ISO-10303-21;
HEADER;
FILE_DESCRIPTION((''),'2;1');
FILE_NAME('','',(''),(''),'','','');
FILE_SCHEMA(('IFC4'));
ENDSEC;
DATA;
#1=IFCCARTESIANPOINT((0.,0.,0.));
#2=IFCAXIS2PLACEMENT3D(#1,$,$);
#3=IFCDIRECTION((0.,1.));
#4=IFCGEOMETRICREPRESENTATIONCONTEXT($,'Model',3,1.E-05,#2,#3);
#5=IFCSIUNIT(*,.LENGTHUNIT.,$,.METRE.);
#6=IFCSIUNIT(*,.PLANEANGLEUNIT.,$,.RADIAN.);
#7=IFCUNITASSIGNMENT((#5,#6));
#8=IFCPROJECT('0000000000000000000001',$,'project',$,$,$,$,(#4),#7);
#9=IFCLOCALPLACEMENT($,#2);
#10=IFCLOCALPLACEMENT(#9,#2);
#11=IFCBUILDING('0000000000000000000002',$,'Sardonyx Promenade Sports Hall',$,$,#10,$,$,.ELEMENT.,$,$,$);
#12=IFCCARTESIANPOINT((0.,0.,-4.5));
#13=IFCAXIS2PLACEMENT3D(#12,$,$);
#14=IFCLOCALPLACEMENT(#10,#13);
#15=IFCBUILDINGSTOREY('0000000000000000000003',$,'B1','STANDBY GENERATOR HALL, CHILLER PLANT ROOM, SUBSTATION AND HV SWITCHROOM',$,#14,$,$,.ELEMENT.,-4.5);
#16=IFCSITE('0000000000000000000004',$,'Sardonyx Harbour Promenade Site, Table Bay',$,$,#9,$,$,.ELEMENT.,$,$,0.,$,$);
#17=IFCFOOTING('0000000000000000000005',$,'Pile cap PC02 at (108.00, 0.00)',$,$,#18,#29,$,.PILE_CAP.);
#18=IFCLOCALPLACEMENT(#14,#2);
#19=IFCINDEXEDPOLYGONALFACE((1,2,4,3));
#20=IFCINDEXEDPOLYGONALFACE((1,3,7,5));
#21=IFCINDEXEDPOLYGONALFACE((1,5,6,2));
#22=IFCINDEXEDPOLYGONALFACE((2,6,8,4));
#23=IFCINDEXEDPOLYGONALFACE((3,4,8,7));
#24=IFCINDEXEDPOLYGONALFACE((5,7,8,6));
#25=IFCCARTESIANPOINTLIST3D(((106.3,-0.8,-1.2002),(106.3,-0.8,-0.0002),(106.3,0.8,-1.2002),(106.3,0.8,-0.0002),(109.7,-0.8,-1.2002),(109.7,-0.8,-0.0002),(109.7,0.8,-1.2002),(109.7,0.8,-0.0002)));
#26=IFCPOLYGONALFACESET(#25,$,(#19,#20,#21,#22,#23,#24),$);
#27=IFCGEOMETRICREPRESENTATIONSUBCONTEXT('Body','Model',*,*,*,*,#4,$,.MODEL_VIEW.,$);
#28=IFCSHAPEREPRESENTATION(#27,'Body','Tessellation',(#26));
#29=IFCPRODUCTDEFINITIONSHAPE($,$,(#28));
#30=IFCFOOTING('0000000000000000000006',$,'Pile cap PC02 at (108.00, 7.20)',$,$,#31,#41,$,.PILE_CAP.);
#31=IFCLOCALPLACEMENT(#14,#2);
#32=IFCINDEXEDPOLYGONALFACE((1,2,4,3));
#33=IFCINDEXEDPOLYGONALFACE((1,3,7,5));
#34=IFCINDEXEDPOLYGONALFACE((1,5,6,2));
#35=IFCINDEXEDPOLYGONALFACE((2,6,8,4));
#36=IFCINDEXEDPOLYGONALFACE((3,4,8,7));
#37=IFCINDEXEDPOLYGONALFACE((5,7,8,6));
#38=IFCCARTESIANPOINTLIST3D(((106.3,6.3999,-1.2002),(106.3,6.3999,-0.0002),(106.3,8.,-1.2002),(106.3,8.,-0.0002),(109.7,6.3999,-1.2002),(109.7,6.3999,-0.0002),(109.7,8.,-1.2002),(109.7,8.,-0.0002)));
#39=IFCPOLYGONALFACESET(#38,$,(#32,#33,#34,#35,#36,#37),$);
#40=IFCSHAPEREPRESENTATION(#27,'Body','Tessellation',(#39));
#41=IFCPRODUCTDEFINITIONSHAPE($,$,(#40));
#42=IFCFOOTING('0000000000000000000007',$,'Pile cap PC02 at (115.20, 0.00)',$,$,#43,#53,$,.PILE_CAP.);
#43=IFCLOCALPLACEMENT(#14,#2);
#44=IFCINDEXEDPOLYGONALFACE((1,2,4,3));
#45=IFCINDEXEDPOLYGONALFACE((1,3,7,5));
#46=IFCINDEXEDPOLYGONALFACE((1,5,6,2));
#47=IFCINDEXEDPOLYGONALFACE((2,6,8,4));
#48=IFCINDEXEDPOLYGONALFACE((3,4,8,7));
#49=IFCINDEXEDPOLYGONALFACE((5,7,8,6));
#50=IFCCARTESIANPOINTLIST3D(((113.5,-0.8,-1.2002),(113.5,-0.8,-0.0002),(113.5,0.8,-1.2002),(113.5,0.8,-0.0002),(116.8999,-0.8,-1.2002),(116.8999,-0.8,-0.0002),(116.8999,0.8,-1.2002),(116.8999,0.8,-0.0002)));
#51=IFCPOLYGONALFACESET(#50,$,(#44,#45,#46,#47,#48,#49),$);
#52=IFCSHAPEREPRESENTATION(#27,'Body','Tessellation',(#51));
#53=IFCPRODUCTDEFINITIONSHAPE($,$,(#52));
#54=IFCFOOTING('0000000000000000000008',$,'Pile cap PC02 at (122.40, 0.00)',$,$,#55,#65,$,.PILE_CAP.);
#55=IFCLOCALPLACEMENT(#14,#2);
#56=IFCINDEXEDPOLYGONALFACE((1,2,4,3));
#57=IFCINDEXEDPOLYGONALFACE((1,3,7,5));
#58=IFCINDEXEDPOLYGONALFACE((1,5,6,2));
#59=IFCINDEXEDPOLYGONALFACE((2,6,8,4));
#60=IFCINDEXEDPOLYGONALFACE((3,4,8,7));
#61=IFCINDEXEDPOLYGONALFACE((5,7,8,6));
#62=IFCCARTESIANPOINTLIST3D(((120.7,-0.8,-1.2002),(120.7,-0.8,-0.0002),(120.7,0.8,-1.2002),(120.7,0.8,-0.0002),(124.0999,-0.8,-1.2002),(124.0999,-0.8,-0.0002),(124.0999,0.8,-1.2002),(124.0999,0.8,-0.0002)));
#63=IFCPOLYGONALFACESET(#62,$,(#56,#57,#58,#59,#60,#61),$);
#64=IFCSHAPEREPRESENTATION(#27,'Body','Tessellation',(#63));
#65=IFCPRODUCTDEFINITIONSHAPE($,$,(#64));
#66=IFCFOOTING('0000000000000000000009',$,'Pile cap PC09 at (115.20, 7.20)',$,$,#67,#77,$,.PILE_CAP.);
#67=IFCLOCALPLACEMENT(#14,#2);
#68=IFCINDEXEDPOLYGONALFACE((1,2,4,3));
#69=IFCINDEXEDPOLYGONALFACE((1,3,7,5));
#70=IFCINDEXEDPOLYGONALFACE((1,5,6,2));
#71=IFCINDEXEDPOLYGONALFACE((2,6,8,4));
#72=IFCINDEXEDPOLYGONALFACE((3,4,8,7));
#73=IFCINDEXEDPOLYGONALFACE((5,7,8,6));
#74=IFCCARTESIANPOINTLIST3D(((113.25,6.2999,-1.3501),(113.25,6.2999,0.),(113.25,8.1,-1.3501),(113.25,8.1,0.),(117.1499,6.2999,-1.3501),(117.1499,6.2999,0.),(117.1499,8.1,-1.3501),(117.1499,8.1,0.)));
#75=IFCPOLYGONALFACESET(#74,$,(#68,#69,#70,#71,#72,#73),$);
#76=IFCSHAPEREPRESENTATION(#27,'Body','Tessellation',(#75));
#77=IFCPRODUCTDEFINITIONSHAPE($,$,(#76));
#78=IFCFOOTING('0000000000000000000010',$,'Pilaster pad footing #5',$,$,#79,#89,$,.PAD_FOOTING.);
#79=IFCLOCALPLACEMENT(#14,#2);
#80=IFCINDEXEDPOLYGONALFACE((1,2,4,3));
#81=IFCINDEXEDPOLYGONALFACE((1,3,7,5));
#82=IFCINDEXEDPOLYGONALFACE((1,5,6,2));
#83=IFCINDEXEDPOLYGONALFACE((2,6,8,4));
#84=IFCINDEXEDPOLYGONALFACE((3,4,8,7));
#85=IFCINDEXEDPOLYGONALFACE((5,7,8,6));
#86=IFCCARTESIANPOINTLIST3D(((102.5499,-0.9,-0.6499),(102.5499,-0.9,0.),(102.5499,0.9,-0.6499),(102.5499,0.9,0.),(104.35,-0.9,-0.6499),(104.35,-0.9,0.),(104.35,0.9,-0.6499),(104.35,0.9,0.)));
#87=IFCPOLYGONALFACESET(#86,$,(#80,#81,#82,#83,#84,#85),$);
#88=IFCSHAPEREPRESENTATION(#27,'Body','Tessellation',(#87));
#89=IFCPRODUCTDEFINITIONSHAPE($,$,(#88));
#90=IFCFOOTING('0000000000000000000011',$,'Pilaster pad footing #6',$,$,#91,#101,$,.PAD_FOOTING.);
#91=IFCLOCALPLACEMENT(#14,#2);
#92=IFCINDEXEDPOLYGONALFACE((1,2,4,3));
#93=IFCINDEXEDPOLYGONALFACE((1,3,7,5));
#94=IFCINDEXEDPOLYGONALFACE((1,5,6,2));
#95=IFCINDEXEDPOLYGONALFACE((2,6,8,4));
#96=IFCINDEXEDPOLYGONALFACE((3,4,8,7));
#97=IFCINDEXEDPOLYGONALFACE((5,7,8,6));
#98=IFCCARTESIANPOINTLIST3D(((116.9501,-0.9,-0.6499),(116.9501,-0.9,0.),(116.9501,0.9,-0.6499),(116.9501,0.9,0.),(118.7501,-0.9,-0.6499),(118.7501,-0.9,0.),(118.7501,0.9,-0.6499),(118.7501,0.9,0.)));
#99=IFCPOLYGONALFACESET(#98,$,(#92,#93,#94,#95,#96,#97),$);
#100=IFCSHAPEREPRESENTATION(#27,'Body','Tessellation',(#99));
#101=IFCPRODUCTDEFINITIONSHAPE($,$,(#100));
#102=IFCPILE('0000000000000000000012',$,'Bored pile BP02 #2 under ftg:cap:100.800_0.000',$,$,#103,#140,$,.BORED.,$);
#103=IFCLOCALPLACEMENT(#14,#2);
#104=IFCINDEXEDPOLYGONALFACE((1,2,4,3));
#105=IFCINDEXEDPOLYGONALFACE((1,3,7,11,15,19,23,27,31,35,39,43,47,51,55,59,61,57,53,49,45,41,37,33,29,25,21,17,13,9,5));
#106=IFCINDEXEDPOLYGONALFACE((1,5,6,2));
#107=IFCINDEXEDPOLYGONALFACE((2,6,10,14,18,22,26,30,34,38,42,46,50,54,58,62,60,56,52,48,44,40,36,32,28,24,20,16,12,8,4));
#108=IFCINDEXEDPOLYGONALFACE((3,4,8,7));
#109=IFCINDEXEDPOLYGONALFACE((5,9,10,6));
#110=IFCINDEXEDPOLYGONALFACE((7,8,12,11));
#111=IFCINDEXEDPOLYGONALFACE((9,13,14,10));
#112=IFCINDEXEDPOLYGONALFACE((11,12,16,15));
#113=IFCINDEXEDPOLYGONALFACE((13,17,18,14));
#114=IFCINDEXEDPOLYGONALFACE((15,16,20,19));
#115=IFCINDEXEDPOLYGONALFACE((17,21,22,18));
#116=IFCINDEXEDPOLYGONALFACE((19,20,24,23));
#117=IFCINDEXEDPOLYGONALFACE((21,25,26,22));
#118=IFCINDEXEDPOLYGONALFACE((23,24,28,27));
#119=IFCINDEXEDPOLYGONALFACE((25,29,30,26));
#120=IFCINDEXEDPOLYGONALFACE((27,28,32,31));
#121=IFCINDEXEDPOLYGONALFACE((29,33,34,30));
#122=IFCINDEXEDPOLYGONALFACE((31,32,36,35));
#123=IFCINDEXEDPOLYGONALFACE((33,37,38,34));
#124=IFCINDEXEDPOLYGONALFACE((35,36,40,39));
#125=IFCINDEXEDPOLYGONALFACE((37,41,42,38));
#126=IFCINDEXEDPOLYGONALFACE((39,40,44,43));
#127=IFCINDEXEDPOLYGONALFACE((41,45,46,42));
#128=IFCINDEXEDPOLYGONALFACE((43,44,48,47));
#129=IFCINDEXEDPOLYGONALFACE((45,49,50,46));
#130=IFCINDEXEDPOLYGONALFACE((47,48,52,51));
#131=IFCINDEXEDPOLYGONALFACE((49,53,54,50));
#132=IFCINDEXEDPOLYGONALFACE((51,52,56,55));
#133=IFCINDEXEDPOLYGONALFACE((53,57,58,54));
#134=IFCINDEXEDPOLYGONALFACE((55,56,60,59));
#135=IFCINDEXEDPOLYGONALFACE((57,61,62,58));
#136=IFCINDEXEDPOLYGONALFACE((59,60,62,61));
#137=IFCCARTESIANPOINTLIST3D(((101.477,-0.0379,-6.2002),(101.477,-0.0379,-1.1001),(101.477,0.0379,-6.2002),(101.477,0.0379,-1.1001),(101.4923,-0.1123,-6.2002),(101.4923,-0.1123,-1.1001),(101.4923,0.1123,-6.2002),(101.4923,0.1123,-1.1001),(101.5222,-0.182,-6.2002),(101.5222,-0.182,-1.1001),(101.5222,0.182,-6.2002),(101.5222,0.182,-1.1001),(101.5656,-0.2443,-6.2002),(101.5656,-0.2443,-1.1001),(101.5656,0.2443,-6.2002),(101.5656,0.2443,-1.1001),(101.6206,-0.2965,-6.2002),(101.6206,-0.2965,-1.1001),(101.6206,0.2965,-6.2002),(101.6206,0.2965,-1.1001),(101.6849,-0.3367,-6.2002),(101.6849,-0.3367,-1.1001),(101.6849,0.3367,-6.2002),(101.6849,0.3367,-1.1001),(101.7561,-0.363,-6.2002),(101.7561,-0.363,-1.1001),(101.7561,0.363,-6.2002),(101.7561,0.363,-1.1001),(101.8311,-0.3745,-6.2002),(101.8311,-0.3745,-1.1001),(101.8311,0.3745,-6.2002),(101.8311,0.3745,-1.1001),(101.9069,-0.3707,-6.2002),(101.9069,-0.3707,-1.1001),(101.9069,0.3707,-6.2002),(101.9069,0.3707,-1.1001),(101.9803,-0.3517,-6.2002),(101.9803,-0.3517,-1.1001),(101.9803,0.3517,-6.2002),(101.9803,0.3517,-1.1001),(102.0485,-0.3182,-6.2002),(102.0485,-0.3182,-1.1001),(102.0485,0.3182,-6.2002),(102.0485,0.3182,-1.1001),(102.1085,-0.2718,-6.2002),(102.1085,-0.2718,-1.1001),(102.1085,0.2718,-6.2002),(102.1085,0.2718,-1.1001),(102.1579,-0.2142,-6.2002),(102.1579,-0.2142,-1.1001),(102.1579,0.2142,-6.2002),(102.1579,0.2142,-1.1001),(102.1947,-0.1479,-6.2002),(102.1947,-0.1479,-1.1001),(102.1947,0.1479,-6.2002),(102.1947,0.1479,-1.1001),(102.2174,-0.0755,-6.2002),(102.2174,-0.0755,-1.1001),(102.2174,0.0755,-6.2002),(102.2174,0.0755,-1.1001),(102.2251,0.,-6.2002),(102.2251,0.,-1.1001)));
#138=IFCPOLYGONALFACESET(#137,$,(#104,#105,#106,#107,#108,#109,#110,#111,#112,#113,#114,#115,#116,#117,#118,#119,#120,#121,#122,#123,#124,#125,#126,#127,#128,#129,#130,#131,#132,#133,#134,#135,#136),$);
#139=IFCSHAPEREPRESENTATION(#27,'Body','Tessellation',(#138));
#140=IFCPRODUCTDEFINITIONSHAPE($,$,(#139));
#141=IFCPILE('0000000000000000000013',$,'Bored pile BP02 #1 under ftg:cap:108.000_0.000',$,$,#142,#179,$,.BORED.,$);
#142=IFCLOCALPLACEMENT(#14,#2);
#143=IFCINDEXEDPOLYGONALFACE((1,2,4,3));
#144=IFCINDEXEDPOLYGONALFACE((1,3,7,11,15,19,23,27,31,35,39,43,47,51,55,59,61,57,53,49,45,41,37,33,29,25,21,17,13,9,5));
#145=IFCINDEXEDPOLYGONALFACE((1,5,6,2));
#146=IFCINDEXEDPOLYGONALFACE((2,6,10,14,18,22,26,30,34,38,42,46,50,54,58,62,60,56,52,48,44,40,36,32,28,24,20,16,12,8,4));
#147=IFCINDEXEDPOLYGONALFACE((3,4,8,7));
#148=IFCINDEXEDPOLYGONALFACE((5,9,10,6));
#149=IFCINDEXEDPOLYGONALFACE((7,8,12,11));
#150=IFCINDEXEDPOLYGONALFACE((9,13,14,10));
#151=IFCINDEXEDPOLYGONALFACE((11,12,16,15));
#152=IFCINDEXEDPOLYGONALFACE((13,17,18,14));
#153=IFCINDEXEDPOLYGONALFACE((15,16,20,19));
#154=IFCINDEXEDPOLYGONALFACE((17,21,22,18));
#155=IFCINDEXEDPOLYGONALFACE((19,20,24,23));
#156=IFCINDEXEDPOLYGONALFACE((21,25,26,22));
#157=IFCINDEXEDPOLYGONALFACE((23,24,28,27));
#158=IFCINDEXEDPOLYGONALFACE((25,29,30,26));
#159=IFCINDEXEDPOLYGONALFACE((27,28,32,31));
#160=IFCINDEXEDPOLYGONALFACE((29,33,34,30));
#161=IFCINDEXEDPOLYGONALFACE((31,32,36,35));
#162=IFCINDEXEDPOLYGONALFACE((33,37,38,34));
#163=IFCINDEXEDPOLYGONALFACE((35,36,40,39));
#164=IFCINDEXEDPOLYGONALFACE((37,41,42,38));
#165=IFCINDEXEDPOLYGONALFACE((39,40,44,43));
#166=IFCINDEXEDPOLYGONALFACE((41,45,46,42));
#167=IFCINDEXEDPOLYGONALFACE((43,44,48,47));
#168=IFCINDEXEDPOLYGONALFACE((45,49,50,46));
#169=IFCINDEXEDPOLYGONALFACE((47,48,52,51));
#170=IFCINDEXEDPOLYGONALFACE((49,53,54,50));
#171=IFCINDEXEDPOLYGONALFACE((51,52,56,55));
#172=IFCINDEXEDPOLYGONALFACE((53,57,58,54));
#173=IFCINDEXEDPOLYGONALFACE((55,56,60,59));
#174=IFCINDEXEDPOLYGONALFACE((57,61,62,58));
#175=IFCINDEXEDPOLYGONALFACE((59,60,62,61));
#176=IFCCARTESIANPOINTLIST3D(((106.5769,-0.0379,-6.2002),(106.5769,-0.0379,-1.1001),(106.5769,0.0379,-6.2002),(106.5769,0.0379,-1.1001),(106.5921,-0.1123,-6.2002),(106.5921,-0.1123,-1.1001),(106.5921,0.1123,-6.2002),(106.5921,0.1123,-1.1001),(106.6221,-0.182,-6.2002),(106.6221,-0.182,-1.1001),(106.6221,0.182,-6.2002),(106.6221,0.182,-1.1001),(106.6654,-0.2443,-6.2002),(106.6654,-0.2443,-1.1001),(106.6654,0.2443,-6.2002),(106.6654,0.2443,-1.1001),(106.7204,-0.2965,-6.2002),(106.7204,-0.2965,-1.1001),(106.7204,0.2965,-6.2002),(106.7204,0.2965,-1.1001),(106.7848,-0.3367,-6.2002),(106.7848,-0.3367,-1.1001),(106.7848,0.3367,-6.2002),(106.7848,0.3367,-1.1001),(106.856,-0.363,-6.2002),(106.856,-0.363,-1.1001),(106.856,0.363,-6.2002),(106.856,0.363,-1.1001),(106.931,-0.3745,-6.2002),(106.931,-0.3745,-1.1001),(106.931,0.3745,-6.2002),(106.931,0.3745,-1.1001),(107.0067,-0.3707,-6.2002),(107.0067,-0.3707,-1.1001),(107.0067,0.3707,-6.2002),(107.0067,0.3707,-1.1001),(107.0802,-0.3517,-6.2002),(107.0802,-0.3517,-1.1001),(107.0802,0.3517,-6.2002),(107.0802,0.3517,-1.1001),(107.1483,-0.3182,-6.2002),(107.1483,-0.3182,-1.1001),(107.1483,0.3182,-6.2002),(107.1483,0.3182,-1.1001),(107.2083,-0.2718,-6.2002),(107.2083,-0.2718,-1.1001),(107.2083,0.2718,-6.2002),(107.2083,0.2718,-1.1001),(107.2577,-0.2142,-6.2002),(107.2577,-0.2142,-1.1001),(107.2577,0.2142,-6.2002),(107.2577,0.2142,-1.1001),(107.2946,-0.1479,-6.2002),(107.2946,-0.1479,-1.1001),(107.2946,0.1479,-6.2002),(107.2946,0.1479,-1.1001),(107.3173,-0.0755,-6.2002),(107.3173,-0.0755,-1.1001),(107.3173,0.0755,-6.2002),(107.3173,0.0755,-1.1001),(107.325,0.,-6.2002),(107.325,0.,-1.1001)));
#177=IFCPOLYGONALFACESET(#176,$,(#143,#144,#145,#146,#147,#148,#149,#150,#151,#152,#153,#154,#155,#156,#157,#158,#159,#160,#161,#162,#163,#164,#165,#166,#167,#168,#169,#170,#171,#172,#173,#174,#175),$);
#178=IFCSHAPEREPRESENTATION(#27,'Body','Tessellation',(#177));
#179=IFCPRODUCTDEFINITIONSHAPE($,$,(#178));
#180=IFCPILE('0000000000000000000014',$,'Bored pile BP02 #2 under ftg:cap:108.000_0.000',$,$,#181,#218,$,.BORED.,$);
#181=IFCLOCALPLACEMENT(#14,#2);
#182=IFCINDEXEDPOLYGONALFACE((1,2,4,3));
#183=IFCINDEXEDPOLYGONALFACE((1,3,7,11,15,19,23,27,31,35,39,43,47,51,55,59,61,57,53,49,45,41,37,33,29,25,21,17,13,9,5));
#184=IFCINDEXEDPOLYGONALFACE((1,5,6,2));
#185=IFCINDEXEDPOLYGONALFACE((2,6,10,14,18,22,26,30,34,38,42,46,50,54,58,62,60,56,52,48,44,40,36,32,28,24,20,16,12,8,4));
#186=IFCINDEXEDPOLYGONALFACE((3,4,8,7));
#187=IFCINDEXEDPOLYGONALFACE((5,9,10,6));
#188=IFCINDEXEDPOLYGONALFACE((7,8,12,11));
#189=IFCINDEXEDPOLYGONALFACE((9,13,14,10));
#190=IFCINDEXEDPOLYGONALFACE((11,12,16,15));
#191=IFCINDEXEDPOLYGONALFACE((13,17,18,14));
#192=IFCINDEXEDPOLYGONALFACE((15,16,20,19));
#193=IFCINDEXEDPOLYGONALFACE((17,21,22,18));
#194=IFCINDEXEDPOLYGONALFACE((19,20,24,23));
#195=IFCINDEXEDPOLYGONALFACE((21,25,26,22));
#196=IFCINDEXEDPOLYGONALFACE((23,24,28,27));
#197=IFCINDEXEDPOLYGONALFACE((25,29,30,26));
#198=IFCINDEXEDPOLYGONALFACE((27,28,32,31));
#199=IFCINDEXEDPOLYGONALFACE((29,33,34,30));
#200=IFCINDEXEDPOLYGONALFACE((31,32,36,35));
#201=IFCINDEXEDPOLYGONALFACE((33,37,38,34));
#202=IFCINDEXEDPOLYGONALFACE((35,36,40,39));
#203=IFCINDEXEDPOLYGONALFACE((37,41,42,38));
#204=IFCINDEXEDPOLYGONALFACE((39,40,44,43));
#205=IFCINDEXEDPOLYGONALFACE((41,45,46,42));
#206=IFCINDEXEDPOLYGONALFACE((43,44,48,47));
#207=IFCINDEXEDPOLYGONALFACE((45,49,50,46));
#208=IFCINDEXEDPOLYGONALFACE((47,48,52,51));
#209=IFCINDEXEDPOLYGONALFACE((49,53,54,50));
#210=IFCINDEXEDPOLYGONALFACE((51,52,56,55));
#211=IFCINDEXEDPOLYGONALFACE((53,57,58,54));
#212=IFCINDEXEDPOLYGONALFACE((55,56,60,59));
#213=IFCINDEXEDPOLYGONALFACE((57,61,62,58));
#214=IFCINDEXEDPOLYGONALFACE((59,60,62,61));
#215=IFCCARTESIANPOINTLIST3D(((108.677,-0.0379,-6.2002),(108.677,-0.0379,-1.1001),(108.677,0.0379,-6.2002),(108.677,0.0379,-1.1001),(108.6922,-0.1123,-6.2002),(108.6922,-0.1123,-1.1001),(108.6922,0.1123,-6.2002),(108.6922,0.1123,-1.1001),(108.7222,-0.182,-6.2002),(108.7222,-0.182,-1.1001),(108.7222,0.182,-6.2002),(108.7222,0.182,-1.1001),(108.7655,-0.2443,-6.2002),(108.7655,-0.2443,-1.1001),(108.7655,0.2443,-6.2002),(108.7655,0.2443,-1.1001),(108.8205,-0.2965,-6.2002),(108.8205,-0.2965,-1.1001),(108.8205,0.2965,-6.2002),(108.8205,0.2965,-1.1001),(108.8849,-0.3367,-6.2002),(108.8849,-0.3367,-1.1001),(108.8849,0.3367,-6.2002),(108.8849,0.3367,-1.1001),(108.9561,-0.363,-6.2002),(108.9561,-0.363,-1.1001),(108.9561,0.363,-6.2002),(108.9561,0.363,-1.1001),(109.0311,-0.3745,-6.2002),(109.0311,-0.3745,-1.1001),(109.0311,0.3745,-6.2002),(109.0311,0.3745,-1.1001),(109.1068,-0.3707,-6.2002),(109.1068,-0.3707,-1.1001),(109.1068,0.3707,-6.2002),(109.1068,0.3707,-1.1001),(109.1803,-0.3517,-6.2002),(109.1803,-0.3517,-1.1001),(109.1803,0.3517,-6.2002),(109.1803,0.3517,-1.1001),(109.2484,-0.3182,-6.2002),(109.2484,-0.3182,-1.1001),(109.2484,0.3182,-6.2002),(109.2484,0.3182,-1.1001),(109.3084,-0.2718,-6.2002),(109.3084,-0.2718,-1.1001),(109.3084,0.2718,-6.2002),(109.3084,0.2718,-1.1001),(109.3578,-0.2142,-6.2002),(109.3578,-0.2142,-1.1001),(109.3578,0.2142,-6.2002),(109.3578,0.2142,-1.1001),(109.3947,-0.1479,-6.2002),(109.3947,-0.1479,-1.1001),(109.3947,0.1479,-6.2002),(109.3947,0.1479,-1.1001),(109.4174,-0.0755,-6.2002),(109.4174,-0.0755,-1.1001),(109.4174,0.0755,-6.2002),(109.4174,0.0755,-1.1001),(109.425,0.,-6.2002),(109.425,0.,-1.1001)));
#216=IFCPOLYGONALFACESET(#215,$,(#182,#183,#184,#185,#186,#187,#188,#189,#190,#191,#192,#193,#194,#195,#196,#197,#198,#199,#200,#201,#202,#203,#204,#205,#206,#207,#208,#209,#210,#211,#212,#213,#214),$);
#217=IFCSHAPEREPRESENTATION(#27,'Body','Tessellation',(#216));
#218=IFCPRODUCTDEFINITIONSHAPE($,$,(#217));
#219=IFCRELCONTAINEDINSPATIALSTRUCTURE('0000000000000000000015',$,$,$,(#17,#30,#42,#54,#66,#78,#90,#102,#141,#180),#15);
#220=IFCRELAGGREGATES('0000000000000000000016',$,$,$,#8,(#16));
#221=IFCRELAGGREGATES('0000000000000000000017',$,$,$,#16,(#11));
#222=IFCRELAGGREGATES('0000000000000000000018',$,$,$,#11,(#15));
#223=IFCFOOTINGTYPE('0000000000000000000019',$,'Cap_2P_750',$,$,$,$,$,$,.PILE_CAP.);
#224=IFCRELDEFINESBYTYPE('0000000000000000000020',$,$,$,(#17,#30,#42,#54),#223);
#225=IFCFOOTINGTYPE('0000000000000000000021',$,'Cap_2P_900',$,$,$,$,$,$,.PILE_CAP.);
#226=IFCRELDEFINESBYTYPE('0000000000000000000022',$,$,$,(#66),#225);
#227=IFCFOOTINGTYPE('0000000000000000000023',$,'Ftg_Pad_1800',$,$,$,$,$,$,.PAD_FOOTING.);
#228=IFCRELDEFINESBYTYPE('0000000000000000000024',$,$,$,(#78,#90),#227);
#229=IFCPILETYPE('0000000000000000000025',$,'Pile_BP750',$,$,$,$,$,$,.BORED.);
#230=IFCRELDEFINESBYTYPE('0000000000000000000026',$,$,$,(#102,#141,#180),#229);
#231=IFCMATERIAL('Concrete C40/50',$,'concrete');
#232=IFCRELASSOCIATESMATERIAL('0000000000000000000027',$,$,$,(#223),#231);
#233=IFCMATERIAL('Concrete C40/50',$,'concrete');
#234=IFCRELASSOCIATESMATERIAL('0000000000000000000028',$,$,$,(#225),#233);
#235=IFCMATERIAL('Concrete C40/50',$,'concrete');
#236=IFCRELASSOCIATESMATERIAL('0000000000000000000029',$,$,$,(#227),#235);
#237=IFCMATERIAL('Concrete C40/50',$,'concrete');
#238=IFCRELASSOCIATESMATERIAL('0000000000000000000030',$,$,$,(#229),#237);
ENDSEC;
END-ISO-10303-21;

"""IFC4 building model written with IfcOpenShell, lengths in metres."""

from ifc_helpers import new_model, si_unit, direction, frame, origin, origin_2d, place, context, subcontext, project, spatial, rectangle, circle, extrude, material, material_profile, profile_set, type_object, element, save


model = new_model("IFC4")

# Units and contexts
model_context = context("Model", 3, precision=1e-05, world=origin(), true_north=direction((0.0, 1.0)))
body_context = subcontext(model_context, "Body", "Model", "MODEL_VIEW")
ifc_project = project(units=[si_unit("LENGTHUNIT", "METRE"), si_unit("PLANEANGLEUNIT", "RADIAN")], contexts=[model_context])

# Site, building, storey
site_placement = place(None, origin())
site = spatial("IfcSite", under=ifc_project, at=site_placement, Name="Sardonyx Harbour Promenade Site, Table Bay", CompositionType="ELEMENT", RefElevation=0.0)
building_placement = place(site_placement, origin())
building = spatial("IfcBuilding", under=site, at=building_placement, Name="Sardonyx Promenade Sports Hall", CompositionType="ELEMENT")
storey_placement = place(building_placement, frame((0.0, 0.0, -4.5)))
storey = spatial("IfcBuildingStorey", under=building, at=storey_placement, Name="B1", Description="STANDBY GENERATOR HALL, CHILLER PLANT ROOM, SUBSTATION AND HV SWITCHROOM", CompositionType="ELEMENT", Elevation=-4.5)

# Footings
ifc_material_1 = material(Name="Concrete C40/50", Category="concrete")
footing_type_1 = type_object("IfcFootingType", Name="Cap_2P_750", PredefinedType="PILE_CAP", material=ifc_material_1)
for number, where, z_axis, x_axis, name in (
    (1, (108.0, 0.0, -1.2002), (0.0, 0.0, 1.0), (1.0, 0.0, 0.0), "Pile cap PC02 at (108.00, 0.00)"),
    (2, (108.0, 7.2, -1.2002), (0.0, 0.0, 1.0), (1.0, 0.0, 0.0), "Pile cap PC02 at (108.00, 7.20)"),
    (3, (115.2, 0.0, -1.2002), (0.0, 0.0, 1.0), (1.0, 0.0, 0.0), "Pile cap PC02 at (115.20, 0.00)"),
    (4, (122.3999, 0.0, -1.2002), (0.0, 0.0, 1.0), (1.0, 0.0, 0.0), "Pile cap PC02 at (122.40, 0.00)"),
):
    element("IfcFooting", number, at=place(storey_placement, frame(where, z_axis=z_axis, x_axis=x_axis)), inside=storey, type_object=footing_type_1, Name=name, PredefinedType="PILE_CAP", context=body_context, shape_type="SweptSolid", body=[
        extrude(rectangle(XDim=3.3999, YDim=1.6001, at=origin_2d()), origin(), (0.0, 0.0, 1.0), 1.2),
    ])
ifc_material_2 = material(Name="Concrete C40/50", Category="concrete")
footing_type_2 = type_object("IfcFootingType", Name="Cap_2P_900", PredefinedType="PILE_CAP", material=ifc_material_2)
footing_placement = place(storey_placement, frame((115.2, 7.2, -1.3501), z_axis=(0.0, 0.0, 1.0), x_axis=(1.0, 0.0, 0.0)))
element("IfcFooting", 5, at=footing_placement, inside=storey, type_object=footing_type_2, Name="Pile cap PC09 at (115.20, 7.20)", PredefinedType="PILE_CAP", context=body_context, shape_type="SweptSolid", body=[
    extrude(rectangle(XDim=3.8999, YDim=1.8, at=origin_2d()), origin(), (0.0, 0.0, 1.0), 1.3501),
])
ifc_material_3 = material(Name="Concrete C40/50", Category="concrete")
footing_type_3 = type_object("IfcFootingType", Name="Ftg_Pad_1800", PredefinedType="PAD_FOOTING", material=ifc_material_3)
for number, where, z_axis, x_axis, name in (
    (6, (103.45, 0.0, -0.6499), (0.0, 0.0, 1.0), (1.0, 0.0, 0.0), "Pilaster pad footing #5"),
    (7, (117.8501, 0.0, -0.6499), (0.0, 0.0, 1.0), (1.0, 0.0, 0.0), "Pilaster pad footing #6"),
):
    element("IfcFooting", number, at=place(storey_placement, frame(where, z_axis=z_axis, x_axis=x_axis)), inside=storey, type_object=footing_type_3, Name=name, PredefinedType="PAD_FOOTING", context=body_context, shape_type="SweptSolid", body=[
        extrude(rectangle(XDim=1.8, YDim=1.8, at=origin_2d()), origin(), (0.0, 0.0, 1.0), 0.6499),
    ])

# Piles
ifc_material_4 = material(Name="Concrete C40/50", Category="concrete")
ifc_material_profile_1 = material_profile(ifc_material_4, circle(Radius=0.375, at=origin_2d()))
ifc_profile_set_1 = profile_set([ifc_material_profile_1], Name="Concrete C40/50")
pile_type_1 = type_object("IfcPileType", Name="Pile_BP750", PredefinedType="BORED", material=ifc_profile_set_1)
for number, where, z_axis, x_axis, name in (
    (8, (101.8501, 0.0, -1.1001), (0.0, 0.0, -1.0), (1.0, 0.0, 0.0), "Bored pile BP02 #2 under ftg:cap:100.800_0.000"),
    (9, (106.95, 0.0, -1.1001), (0.0, 0.0, -1.0), (1.0, 0.0, 0.0), "Bored pile BP02 #1 under ftg:cap:108.000_0.000"),
    (10, (109.05, 0.0, -1.1001), (0.0, 0.0, -1.0), (1.0, 0.0, 0.0), "Bored pile BP02 #2 under ftg:cap:108.000_0.000"),
):
    element("IfcPile", number, at=place(storey_placement, frame(where, z_axis=z_axis, x_axis=x_axis)), inside=storey, type_object=pile_type_1, Name=name, PredefinedType="BORED", context=body_context, shape_type="SweptSolid", body=[
        extrude(circle(Radius=0.375, at=origin_2d()), origin(), (0.0, 0.0, 1.0), 5.1001),
    ])

save(model, "model.ifc")
